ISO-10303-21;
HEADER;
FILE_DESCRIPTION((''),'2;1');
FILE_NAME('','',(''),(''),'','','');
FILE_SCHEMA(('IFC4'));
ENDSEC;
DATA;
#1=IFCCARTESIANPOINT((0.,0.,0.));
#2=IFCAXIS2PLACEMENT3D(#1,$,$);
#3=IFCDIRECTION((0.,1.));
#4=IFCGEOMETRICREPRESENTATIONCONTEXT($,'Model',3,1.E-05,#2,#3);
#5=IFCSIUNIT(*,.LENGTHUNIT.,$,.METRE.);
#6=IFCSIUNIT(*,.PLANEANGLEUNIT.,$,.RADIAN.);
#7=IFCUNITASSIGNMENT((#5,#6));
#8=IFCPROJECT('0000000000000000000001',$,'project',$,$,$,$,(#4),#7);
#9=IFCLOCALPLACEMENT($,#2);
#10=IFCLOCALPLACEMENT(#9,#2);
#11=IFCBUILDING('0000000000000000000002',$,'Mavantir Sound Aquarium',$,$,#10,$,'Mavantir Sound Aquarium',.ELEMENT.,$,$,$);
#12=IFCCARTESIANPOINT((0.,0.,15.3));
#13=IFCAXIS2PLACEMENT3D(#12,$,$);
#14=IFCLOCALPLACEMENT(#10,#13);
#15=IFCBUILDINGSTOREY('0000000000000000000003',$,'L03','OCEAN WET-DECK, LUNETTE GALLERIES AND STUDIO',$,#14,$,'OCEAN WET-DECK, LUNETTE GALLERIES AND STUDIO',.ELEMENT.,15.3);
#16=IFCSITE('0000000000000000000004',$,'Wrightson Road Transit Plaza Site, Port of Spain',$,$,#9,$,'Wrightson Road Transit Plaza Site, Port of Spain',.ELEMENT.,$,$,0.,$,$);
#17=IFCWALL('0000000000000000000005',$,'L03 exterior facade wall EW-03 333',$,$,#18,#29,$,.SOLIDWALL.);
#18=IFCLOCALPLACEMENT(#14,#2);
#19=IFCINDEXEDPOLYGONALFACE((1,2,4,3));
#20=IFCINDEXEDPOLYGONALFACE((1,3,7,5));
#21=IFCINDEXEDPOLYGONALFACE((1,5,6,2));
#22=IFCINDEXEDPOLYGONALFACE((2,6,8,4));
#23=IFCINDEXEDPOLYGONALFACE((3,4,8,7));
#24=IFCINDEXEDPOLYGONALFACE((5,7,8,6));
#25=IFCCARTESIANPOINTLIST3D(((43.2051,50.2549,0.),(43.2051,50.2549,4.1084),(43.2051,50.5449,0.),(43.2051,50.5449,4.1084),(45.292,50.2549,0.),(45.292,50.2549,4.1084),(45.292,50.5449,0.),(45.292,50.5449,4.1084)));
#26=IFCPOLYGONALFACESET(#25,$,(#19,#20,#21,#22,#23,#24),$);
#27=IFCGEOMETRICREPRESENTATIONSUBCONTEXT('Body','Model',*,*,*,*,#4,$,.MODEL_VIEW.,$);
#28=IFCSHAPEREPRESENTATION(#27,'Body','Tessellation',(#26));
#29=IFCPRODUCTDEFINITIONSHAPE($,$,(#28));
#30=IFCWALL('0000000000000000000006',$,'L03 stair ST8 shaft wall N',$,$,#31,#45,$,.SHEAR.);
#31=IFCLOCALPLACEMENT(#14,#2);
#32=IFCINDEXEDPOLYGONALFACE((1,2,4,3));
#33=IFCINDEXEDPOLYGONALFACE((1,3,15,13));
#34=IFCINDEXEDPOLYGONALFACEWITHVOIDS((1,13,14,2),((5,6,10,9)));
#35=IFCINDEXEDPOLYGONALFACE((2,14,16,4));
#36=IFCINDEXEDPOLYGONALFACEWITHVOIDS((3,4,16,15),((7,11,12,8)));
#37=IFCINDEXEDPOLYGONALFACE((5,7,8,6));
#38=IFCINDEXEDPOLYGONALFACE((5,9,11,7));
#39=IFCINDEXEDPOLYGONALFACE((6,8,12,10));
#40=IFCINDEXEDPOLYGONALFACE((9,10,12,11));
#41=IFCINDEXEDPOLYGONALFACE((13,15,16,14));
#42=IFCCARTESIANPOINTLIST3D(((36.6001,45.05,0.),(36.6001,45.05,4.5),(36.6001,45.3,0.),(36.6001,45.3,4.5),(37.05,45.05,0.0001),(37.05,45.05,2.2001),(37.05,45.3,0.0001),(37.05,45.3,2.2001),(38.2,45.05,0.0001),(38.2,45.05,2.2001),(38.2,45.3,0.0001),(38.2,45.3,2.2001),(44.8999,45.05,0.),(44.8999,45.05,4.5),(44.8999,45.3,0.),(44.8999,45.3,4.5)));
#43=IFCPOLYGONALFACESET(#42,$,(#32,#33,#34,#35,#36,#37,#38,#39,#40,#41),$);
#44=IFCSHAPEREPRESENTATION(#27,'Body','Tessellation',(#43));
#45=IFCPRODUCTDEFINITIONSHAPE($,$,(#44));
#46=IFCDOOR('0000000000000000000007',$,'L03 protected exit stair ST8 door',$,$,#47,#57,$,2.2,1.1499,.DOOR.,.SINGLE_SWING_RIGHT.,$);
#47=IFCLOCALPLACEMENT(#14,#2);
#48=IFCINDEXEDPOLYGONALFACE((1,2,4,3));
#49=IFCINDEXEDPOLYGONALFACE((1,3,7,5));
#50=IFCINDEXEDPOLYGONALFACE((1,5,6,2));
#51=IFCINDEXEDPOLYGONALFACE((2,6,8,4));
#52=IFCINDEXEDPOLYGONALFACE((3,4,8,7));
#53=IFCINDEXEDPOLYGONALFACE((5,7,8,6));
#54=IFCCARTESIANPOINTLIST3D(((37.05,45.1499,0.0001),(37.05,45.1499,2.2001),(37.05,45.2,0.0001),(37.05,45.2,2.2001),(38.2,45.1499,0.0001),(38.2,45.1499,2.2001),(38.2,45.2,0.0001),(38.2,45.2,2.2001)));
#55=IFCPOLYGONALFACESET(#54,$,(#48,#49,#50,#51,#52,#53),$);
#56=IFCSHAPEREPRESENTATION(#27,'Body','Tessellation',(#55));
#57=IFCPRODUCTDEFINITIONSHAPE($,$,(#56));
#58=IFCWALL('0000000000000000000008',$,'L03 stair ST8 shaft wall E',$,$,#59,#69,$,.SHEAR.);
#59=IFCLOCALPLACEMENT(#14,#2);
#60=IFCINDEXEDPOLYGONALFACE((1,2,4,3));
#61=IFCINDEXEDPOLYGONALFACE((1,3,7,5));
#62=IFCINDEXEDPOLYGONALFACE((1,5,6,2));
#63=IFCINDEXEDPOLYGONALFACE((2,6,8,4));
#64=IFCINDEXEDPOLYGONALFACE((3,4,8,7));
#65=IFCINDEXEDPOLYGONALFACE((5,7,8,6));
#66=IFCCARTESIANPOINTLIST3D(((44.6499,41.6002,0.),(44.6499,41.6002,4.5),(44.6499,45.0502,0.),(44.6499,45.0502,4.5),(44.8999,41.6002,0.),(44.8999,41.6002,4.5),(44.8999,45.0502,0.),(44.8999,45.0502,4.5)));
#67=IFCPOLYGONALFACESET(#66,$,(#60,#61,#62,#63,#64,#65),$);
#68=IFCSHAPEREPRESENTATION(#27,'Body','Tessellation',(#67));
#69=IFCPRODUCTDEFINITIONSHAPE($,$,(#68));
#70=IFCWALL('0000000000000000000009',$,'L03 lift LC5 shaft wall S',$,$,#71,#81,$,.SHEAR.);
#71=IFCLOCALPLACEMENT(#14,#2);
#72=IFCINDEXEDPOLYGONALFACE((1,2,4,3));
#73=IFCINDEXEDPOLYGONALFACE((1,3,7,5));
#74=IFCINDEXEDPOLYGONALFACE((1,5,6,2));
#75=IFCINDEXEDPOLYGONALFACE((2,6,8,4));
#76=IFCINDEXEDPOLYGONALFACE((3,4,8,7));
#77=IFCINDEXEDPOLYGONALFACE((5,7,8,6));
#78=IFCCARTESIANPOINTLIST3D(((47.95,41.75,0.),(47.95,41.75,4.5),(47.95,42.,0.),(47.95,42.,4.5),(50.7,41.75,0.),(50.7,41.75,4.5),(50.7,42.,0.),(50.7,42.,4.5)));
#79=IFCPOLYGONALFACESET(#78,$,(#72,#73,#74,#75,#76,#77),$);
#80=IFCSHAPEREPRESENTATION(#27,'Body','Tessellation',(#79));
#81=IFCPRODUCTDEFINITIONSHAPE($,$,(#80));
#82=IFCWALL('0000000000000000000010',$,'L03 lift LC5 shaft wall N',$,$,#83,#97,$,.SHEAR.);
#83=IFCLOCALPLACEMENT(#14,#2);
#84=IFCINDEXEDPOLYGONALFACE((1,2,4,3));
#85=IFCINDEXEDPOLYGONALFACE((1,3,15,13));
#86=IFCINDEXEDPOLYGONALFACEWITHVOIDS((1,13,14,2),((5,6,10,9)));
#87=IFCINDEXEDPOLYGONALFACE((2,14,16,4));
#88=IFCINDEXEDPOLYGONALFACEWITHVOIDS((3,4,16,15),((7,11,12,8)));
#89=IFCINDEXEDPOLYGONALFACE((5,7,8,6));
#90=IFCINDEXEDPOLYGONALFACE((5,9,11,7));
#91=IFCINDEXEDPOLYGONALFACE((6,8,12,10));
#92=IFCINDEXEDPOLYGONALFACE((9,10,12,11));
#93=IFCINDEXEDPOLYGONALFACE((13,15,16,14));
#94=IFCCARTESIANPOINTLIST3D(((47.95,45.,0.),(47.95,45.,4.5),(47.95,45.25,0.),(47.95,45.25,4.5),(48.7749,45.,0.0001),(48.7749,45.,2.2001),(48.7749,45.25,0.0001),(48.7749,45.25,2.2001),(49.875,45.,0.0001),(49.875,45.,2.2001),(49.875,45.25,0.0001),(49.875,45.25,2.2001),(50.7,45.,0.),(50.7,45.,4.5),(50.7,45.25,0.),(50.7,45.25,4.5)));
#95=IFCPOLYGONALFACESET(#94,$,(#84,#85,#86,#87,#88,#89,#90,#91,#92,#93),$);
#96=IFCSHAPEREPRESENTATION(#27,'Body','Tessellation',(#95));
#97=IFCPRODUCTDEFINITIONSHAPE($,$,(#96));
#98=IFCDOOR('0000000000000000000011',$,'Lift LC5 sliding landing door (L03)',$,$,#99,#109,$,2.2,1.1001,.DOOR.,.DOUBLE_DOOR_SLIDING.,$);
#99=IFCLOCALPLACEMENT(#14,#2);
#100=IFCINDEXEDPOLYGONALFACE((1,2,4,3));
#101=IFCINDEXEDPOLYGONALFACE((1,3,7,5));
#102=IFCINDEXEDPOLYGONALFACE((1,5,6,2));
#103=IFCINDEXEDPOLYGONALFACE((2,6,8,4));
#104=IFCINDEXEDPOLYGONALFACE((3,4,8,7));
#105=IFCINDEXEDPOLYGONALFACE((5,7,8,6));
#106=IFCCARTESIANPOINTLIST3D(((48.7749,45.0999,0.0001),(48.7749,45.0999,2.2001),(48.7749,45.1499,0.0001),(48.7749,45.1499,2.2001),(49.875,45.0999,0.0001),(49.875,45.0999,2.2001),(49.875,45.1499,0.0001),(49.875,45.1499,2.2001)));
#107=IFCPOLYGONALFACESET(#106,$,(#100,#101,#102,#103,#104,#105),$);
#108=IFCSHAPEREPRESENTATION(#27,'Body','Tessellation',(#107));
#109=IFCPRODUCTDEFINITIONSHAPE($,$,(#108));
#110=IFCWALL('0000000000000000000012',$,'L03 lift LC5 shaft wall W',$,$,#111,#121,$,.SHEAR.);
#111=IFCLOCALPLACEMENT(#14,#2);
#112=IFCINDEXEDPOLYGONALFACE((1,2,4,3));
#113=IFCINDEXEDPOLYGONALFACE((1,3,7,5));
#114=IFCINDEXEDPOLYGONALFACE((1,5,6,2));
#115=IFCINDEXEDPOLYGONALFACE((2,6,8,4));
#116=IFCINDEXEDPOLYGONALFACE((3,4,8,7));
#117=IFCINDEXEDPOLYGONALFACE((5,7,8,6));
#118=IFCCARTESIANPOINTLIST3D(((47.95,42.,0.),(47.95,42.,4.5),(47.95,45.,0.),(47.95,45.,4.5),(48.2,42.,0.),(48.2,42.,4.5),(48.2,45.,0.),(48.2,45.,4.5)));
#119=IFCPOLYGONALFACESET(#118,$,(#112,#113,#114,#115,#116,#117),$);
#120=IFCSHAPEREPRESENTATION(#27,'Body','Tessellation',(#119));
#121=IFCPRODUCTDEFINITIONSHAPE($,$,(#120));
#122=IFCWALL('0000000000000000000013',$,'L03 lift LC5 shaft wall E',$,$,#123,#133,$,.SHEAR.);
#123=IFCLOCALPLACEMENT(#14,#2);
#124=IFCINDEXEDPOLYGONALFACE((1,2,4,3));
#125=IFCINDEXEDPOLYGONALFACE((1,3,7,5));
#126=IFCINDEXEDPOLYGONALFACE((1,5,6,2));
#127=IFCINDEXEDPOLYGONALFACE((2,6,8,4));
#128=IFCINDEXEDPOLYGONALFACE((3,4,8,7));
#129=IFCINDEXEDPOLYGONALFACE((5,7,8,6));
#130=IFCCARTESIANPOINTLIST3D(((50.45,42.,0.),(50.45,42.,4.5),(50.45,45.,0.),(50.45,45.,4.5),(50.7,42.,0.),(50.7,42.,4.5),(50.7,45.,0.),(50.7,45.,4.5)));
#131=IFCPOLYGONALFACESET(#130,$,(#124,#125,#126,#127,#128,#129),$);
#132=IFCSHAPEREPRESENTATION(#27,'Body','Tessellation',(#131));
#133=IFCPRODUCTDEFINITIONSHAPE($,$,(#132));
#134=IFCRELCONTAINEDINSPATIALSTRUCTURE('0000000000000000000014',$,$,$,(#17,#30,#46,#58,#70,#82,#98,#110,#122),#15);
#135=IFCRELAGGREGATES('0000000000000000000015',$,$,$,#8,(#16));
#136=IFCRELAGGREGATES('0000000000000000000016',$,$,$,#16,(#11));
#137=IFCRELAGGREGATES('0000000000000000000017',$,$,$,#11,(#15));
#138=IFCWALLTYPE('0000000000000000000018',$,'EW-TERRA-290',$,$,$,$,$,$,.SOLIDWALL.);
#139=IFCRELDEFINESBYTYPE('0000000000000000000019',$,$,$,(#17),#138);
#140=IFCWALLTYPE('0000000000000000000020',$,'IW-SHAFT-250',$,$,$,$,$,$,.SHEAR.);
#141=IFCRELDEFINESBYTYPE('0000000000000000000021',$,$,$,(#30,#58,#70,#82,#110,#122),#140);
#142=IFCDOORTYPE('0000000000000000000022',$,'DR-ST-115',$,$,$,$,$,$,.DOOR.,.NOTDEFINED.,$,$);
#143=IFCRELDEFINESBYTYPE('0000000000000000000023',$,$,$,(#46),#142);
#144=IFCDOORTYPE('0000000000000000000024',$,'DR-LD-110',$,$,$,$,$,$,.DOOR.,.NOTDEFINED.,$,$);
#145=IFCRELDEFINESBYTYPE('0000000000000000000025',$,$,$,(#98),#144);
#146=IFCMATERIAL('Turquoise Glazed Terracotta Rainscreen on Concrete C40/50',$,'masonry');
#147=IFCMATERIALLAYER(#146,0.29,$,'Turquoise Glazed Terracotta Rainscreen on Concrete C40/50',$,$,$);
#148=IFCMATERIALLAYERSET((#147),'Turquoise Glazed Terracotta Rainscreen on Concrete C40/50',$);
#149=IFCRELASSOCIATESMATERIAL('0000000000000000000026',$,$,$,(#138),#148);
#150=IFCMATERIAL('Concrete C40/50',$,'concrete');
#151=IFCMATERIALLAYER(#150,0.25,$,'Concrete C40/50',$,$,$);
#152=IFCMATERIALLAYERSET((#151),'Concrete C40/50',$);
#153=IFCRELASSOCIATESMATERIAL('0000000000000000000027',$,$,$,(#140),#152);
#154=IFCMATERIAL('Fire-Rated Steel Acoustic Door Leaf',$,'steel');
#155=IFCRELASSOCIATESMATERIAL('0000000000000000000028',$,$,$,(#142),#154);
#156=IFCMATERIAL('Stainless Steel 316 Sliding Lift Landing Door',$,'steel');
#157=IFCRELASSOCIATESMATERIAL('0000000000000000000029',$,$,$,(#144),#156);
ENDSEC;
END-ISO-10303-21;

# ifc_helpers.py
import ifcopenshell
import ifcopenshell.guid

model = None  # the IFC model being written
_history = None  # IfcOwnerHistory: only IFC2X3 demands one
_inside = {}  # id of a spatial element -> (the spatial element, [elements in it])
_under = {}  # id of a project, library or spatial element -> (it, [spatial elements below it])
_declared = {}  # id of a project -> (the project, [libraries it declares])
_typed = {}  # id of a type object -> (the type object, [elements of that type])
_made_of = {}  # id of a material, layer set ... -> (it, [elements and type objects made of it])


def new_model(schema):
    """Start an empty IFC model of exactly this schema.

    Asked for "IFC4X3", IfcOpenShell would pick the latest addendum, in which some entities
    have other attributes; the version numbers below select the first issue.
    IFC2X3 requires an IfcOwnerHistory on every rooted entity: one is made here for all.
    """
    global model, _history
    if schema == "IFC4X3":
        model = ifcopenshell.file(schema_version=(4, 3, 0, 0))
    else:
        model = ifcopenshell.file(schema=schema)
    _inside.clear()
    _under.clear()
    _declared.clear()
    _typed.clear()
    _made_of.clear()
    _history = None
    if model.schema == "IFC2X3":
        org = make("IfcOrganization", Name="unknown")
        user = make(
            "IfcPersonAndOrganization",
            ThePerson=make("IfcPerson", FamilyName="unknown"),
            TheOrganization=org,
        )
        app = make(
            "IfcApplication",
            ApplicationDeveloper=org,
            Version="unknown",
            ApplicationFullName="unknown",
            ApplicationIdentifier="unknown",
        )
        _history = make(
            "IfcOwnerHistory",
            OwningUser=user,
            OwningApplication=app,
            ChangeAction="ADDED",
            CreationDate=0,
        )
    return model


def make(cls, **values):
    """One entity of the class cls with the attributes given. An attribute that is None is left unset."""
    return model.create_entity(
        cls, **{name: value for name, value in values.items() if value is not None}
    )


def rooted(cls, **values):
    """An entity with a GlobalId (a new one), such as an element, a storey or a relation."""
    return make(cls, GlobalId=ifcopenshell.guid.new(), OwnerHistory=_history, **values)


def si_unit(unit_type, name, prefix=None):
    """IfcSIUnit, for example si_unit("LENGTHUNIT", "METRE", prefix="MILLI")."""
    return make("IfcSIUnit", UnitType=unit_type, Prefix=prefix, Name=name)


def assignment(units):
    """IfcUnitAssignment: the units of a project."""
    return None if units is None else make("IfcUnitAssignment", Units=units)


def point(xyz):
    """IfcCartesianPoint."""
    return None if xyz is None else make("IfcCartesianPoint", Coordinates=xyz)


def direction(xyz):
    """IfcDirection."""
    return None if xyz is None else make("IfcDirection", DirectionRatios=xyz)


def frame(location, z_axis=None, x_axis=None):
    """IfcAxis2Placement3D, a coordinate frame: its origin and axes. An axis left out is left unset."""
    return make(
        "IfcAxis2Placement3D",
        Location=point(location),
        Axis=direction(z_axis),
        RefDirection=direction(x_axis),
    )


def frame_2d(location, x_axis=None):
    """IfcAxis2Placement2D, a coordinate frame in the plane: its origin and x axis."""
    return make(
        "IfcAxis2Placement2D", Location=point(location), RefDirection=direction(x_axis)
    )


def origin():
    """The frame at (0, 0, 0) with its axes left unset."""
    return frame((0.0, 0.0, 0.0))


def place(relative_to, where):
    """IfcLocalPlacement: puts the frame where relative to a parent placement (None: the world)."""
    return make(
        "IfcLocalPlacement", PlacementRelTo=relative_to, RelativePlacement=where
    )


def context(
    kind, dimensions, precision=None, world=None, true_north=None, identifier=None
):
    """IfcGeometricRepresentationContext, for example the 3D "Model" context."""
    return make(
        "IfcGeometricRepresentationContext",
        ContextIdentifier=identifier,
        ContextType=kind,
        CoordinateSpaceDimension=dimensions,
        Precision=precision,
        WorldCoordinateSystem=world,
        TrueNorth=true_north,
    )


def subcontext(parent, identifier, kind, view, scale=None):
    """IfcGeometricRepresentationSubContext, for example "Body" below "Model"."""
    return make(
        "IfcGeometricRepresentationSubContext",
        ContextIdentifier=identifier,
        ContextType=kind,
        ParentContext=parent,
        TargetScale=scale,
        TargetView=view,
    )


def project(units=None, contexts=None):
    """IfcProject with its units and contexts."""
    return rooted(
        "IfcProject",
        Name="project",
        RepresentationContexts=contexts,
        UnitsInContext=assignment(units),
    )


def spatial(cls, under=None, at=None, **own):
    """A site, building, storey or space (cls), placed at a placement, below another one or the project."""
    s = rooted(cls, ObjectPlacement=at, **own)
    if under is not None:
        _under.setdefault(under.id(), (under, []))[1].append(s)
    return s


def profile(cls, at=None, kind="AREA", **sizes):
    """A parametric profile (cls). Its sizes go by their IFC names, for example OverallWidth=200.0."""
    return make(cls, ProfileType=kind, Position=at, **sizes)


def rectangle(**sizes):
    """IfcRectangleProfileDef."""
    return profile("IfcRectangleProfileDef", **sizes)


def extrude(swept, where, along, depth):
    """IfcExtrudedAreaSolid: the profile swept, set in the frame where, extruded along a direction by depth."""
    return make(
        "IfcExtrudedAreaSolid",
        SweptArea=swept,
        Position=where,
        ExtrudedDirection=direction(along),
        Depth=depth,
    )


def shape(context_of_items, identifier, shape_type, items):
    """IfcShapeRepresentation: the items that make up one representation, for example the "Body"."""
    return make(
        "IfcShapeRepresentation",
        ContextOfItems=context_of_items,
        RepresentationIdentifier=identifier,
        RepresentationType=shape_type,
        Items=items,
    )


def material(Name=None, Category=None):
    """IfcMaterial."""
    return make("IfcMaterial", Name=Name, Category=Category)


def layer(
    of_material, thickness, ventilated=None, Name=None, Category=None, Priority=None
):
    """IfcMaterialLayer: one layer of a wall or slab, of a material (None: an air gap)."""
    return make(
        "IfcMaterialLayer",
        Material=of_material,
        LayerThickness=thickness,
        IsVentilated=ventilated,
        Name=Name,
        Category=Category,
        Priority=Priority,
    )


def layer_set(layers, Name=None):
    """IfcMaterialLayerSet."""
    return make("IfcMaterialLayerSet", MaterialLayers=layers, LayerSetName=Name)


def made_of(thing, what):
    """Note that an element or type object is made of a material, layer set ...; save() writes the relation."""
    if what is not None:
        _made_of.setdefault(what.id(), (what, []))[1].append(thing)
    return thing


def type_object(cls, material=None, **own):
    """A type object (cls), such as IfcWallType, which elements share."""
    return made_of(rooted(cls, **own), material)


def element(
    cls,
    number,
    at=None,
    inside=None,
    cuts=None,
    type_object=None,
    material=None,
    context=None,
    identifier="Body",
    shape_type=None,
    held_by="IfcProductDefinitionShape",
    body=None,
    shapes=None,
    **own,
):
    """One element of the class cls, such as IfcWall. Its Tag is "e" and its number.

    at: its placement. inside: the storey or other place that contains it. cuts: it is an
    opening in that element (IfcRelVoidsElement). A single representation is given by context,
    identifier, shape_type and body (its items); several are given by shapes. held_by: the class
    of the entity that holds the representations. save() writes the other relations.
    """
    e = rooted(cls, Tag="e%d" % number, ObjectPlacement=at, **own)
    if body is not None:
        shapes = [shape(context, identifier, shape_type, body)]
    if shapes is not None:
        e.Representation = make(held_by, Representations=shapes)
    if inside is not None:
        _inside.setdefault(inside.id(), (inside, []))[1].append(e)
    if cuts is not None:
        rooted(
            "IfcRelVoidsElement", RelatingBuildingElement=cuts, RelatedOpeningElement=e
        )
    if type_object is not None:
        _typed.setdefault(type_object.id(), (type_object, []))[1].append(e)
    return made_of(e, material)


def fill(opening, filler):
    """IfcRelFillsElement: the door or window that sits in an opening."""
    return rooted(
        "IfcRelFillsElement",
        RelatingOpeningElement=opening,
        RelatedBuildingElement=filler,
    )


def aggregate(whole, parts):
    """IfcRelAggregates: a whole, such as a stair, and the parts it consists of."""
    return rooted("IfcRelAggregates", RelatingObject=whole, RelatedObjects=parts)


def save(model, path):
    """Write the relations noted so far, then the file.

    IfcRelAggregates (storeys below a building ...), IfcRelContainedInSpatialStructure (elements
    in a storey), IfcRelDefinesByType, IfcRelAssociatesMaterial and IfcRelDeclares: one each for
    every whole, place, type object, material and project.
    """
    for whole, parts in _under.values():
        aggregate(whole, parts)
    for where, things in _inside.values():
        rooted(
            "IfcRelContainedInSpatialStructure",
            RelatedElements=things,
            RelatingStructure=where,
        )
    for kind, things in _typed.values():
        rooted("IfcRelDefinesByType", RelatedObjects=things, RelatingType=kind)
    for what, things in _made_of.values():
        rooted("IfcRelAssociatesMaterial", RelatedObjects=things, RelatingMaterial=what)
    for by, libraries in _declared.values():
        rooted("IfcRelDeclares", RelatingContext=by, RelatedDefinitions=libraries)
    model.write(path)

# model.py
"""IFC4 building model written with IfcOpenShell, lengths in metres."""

from ifc_helpers import new_model, si_unit, direction, frame, frame_2d, origin, place, context, subcontext, project, spatial, rectangle, extrude, material, layer, layer_set, type_object, element, fill, save


model = new_model("IFC4")

# Units and contexts
model_context = context("Model", 3, precision=1e-05, world=origin(), true_north=direction((0.0, 1.0)))
body_context = subcontext(model_context, "Body", "Model", "MODEL_VIEW")
ifc_project = project(units=[si_unit("LENGTHUNIT", "METRE"), si_unit("PLANEANGLEUNIT", "RADIAN")], contexts=[model_context])

# Site, building, storey
site_placement = place(None, origin())
site = spatial("IfcSite", under=ifc_project, at=site_placement, Name="Wrightson Road Transit Plaza Site, Port of Spain", LongName="Wrightson Road Transit Plaza Site, Port of Spain", CompositionType="ELEMENT", RefElevation=0.0)
building_placement = place(site_placement, origin())
building = spatial("IfcBuilding", under=site, at=building_placement, Name="Mavantir Sound Aquarium", LongName="Mavantir Sound Aquarium", CompositionType="ELEMENT")
storey_placement = place(building_placement, frame((0.0, 0.0, 15.3)))
storey = spatial("IfcBuildingStorey", under=building, at=storey_placement, Name="L03", Description="OCEAN WET-DECK, LUNETTE GALLERIES AND STUDIO", LongName="OCEAN WET-DECK, LUNETTE GALLERIES AND STUDIO", CompositionType="ELEMENT", Elevation=15.3)

# Shared definitions
ifc_material_1 = material(Name="Concrete C40/50", Category="concrete")

# Wall
ifc_material_2 = material(Name="Turquoise Glazed Terracotta Rainscreen on Concrete C40/50", Category="masonry")
ifc_layer_1 = layer(ifc_material_2, 0.29, Name="Turquoise Glazed Terracotta Rainscreen on Concrete C40/50")
ifc_layer_set_1 = layer_set([ifc_layer_1], Name="Turquoise Glazed Terracotta Rainscreen on Concrete C40/50")
wall_type_1 = type_object("IfcWallType", Name="EW-TERRA-290", PredefinedType="SOLIDWALL", material=ifc_layer_set_1)
wall_1_placement = place(storey_placement, frame((45.292, 50.3999, 0.0), z_axis=(0.0, 0.0, 1.0), x_axis=(-1.0, 0.0, 0.0)))
element("IfcWall", 1, at=wall_1_placement, inside=storey, type_object=wall_type_1, Name="L03 exterior facade wall EW-03 333", PredefinedType="SOLIDWALL", context=body_context, shape_type="SweptSolid", body=[
    extrude(rectangle(XDim=2.0869, YDim=0.29, at=frame_2d((1.0435, 0.0))), origin(), (0.0, 0.0, 1.0), 4.1084),
])

# Wall, opening, door
ifc_layer_2 = layer(ifc_material_1, 0.25, Name="Concrete C40/50")
ifc_layer_set_2 = layer_set([ifc_layer_2], Name="Concrete C40/50")
wall_type_2 = type_object("IfcWallType", Name="IW-SHAFT-250", PredefinedType="SHEAR", material=ifc_layer_set_2)
wall_2_placement = place(storey_placement, frame((44.8999, 45.175, 0.0), z_axis=(0.0, 0.0, 1.0), x_axis=(-1.0, 0.0, 0.0)))
wall_2 = element("IfcWall", 2, at=wall_2_placement, inside=storey, type_object=wall_type_2, Name="L03 stair ST8 shaft wall N", PredefinedType="SHEAR", context=body_context, shape_type="SweptSolid", body=[
    extrude(rectangle(XDim=8.2998, YDim=0.25, at=frame_2d((4.1499, 0.0))), origin(), (0.0, 0.0, 1.0), 4.5),
])
opening_1_placement = place(wall_2_placement, frame((7.8499, 0.0, 0.0), z_axis=(0.0, 0.0, 1.0), x_axis=(-1.0, 0.0, 0.0)))
opening_1 = element("IfcOpeningElement", 3, at=opening_1_placement, cuts=wall_2, PredefinedType="OPENING", context=body_context, shape_type="SweptSolid", body=[
    extrude(rectangle(XDim=1.1499, YDim=2.2, at=frame_2d((0.575, 1.1001))), frame((0.0, 0.135, 0.0), z_axis=(0.0, -1.0, 0.0), x_axis=(1.0, 0.0, 0.0)), (0.0, 0.0, 1.0), 0.27),
])
ifc_material_3 = material(Name="Fire-Rated Steel Acoustic Door Leaf", Category="steel")
door_type_1 = type_object("IfcDoorType", Name="DR-ST-115", OperationType="NOTDEFINED", PredefinedType="DOOR", material=ifc_material_3)
door_1_placement = place(opening_1_placement, origin())
door_1 = element("IfcDoor", 4, at=door_1_placement, inside=storey, type_object=door_type_1, Name="L03 protected exit stair ST8 door", OperationType="SINGLE_SWING_RIGHT", OverallHeight=2.2, OverallWidth=1.1499, PredefinedType="DOOR", context=body_context, shape_type="SweptSolid", body=[
    extrude(rectangle(XDim=1.1499, YDim=2.2, at=frame_2d((0.575, 1.1001))), frame((0.0, 0.0249, 0.0), z_axis=(0.0, -1.0, 0.0), x_axis=(1.0, 0.0, 0.0)), (0.0, 0.0, 1.0), 0.05),
])
fill(opening_1, door_1)

# Walls
wall_3_placement = place(storey_placement, frame((44.7749, 41.6001, 0.0), z_axis=(0.0, 0.0, 1.0), x_axis=(0.0, 1.0, 0.0)))
element("IfcWall", 5, at=wall_3_placement, inside=storey, type_object=wall_type_2, Name="L03 stair ST8 shaft wall E", PredefinedType="SHEAR", context=body_context, shape_type="SweptSolid", body=[
    extrude(rectangle(XDim=3.45, YDim=0.25, at=frame_2d((1.7251, 0.0))), origin(), (0.0, 0.0, 1.0), 4.5),
])
wall_4_placement = place(storey_placement, frame((47.95, 41.875, 0.0), z_axis=(0.0, 0.0, 1.0), x_axis=(1.0, 0.0, 0.0)))
element("IfcWall", 6, at=wall_4_placement, inside=storey, type_object=wall_type_2, Name="L03 lift LC5 shaft wall S", PredefinedType="SHEAR", context=body_context, shape_type="SweptSolid", body=[
    extrude(rectangle(XDim=2.75, YDim=0.25, at=frame_2d((1.375, 0.0))), origin(), (0.0, 0.0, 1.0), 4.5),
])

# Wall, opening, door
wall_5_placement = place(storey_placement, frame((47.95, 45.125, 0.0), z_axis=(0.0, 0.0, 1.0), x_axis=(1.0, 0.0, 0.0)))
wall_5 = element("IfcWall", 7, at=wall_5_placement, inside=storey, type_object=wall_type_2, Name="L03 lift LC5 shaft wall N", PredefinedType="SHEAR", context=body_context, shape_type="SweptSolid", body=[
    extrude(rectangle(XDim=2.75, YDim=0.25, at=frame_2d((1.375, 0.0))), origin(), (0.0, 0.0, 1.0), 4.5),
])
opening_2_placement = place(wall_5_placement, frame((0.825, 0.0, 0.0)))
opening_2 = element("IfcOpeningElement", 8, at=opening_2_placement, cuts=wall_5, PredefinedType="OPENING", context=body_context, shape_type="SweptSolid", body=[
    extrude(rectangle(XDim=1.1001, YDim=2.2, at=frame_2d((0.55, 1.1001))), frame((0.0, 0.135, 0.0), z_axis=(0.0, -1.0, 0.0), x_axis=(1.0, 0.0, 0.0)), (0.0, 0.0, 1.0), 0.27),
])
ifc_material_4 = material(Name="Stainless Steel 316 Sliding Lift Landing Door", Category="steel")
door_type_2 = type_object("IfcDoorType", Name="DR-LD-110", OperationType="NOTDEFINED", PredefinedType="DOOR", material=ifc_material_4)
door_2_placement = place(opening_2_placement, origin())
door_2 = element("IfcDoor", 9, at=door_2_placement, inside=storey, type_object=door_type_2, Name="Lift LC5 sliding landing door (L03)", OperationType="DOUBLE_DOOR_SLIDING", OverallHeight=2.2, OverallWidth=1.1001, PredefinedType="DOOR", context=body_context, shape_type="SweptSolid", body=[
    extrude(rectangle(XDim=1.1001, YDim=2.2, at=frame_2d((0.55, 1.1001))), frame((0.0, 0.0249, 0.0), z_axis=(0.0, -1.0, 0.0), x_axis=(1.0, 0.0, 0.0)), (0.0, 0.0, 1.0), 0.05),
])
fill(opening_2, door_2)

# Walls
for number, where, z_axis, x_axis, name in (
    (10, (48.075, 42.0, 0.0), (0.0, 0.0, 1.0), (0.0, 1.0, 0.0), "L03 lift LC5 shaft wall W"),
    (11, (50.575, 42.0, 0.0), (0.0, 0.0, 1.0), (0.0, 1.0, 0.0), "L03 lift LC5 shaft wall E"),
):
    element("IfcWall", number, at=place(storey_placement, frame(where, z_axis=z_axis, x_axis=x_axis)), inside=storey, type_object=wall_type_2, Name=name, PredefinedType="SHEAR", context=body_context, shape_type="SweptSolid", body=[
        extrude(rectangle(XDim=3.0, YDim=0.25, at=frame_2d((1.5, 0.0))), origin(), (0.0, 0.0, 1.0), 4.5),
    ])

save(model, "model.ifc")
